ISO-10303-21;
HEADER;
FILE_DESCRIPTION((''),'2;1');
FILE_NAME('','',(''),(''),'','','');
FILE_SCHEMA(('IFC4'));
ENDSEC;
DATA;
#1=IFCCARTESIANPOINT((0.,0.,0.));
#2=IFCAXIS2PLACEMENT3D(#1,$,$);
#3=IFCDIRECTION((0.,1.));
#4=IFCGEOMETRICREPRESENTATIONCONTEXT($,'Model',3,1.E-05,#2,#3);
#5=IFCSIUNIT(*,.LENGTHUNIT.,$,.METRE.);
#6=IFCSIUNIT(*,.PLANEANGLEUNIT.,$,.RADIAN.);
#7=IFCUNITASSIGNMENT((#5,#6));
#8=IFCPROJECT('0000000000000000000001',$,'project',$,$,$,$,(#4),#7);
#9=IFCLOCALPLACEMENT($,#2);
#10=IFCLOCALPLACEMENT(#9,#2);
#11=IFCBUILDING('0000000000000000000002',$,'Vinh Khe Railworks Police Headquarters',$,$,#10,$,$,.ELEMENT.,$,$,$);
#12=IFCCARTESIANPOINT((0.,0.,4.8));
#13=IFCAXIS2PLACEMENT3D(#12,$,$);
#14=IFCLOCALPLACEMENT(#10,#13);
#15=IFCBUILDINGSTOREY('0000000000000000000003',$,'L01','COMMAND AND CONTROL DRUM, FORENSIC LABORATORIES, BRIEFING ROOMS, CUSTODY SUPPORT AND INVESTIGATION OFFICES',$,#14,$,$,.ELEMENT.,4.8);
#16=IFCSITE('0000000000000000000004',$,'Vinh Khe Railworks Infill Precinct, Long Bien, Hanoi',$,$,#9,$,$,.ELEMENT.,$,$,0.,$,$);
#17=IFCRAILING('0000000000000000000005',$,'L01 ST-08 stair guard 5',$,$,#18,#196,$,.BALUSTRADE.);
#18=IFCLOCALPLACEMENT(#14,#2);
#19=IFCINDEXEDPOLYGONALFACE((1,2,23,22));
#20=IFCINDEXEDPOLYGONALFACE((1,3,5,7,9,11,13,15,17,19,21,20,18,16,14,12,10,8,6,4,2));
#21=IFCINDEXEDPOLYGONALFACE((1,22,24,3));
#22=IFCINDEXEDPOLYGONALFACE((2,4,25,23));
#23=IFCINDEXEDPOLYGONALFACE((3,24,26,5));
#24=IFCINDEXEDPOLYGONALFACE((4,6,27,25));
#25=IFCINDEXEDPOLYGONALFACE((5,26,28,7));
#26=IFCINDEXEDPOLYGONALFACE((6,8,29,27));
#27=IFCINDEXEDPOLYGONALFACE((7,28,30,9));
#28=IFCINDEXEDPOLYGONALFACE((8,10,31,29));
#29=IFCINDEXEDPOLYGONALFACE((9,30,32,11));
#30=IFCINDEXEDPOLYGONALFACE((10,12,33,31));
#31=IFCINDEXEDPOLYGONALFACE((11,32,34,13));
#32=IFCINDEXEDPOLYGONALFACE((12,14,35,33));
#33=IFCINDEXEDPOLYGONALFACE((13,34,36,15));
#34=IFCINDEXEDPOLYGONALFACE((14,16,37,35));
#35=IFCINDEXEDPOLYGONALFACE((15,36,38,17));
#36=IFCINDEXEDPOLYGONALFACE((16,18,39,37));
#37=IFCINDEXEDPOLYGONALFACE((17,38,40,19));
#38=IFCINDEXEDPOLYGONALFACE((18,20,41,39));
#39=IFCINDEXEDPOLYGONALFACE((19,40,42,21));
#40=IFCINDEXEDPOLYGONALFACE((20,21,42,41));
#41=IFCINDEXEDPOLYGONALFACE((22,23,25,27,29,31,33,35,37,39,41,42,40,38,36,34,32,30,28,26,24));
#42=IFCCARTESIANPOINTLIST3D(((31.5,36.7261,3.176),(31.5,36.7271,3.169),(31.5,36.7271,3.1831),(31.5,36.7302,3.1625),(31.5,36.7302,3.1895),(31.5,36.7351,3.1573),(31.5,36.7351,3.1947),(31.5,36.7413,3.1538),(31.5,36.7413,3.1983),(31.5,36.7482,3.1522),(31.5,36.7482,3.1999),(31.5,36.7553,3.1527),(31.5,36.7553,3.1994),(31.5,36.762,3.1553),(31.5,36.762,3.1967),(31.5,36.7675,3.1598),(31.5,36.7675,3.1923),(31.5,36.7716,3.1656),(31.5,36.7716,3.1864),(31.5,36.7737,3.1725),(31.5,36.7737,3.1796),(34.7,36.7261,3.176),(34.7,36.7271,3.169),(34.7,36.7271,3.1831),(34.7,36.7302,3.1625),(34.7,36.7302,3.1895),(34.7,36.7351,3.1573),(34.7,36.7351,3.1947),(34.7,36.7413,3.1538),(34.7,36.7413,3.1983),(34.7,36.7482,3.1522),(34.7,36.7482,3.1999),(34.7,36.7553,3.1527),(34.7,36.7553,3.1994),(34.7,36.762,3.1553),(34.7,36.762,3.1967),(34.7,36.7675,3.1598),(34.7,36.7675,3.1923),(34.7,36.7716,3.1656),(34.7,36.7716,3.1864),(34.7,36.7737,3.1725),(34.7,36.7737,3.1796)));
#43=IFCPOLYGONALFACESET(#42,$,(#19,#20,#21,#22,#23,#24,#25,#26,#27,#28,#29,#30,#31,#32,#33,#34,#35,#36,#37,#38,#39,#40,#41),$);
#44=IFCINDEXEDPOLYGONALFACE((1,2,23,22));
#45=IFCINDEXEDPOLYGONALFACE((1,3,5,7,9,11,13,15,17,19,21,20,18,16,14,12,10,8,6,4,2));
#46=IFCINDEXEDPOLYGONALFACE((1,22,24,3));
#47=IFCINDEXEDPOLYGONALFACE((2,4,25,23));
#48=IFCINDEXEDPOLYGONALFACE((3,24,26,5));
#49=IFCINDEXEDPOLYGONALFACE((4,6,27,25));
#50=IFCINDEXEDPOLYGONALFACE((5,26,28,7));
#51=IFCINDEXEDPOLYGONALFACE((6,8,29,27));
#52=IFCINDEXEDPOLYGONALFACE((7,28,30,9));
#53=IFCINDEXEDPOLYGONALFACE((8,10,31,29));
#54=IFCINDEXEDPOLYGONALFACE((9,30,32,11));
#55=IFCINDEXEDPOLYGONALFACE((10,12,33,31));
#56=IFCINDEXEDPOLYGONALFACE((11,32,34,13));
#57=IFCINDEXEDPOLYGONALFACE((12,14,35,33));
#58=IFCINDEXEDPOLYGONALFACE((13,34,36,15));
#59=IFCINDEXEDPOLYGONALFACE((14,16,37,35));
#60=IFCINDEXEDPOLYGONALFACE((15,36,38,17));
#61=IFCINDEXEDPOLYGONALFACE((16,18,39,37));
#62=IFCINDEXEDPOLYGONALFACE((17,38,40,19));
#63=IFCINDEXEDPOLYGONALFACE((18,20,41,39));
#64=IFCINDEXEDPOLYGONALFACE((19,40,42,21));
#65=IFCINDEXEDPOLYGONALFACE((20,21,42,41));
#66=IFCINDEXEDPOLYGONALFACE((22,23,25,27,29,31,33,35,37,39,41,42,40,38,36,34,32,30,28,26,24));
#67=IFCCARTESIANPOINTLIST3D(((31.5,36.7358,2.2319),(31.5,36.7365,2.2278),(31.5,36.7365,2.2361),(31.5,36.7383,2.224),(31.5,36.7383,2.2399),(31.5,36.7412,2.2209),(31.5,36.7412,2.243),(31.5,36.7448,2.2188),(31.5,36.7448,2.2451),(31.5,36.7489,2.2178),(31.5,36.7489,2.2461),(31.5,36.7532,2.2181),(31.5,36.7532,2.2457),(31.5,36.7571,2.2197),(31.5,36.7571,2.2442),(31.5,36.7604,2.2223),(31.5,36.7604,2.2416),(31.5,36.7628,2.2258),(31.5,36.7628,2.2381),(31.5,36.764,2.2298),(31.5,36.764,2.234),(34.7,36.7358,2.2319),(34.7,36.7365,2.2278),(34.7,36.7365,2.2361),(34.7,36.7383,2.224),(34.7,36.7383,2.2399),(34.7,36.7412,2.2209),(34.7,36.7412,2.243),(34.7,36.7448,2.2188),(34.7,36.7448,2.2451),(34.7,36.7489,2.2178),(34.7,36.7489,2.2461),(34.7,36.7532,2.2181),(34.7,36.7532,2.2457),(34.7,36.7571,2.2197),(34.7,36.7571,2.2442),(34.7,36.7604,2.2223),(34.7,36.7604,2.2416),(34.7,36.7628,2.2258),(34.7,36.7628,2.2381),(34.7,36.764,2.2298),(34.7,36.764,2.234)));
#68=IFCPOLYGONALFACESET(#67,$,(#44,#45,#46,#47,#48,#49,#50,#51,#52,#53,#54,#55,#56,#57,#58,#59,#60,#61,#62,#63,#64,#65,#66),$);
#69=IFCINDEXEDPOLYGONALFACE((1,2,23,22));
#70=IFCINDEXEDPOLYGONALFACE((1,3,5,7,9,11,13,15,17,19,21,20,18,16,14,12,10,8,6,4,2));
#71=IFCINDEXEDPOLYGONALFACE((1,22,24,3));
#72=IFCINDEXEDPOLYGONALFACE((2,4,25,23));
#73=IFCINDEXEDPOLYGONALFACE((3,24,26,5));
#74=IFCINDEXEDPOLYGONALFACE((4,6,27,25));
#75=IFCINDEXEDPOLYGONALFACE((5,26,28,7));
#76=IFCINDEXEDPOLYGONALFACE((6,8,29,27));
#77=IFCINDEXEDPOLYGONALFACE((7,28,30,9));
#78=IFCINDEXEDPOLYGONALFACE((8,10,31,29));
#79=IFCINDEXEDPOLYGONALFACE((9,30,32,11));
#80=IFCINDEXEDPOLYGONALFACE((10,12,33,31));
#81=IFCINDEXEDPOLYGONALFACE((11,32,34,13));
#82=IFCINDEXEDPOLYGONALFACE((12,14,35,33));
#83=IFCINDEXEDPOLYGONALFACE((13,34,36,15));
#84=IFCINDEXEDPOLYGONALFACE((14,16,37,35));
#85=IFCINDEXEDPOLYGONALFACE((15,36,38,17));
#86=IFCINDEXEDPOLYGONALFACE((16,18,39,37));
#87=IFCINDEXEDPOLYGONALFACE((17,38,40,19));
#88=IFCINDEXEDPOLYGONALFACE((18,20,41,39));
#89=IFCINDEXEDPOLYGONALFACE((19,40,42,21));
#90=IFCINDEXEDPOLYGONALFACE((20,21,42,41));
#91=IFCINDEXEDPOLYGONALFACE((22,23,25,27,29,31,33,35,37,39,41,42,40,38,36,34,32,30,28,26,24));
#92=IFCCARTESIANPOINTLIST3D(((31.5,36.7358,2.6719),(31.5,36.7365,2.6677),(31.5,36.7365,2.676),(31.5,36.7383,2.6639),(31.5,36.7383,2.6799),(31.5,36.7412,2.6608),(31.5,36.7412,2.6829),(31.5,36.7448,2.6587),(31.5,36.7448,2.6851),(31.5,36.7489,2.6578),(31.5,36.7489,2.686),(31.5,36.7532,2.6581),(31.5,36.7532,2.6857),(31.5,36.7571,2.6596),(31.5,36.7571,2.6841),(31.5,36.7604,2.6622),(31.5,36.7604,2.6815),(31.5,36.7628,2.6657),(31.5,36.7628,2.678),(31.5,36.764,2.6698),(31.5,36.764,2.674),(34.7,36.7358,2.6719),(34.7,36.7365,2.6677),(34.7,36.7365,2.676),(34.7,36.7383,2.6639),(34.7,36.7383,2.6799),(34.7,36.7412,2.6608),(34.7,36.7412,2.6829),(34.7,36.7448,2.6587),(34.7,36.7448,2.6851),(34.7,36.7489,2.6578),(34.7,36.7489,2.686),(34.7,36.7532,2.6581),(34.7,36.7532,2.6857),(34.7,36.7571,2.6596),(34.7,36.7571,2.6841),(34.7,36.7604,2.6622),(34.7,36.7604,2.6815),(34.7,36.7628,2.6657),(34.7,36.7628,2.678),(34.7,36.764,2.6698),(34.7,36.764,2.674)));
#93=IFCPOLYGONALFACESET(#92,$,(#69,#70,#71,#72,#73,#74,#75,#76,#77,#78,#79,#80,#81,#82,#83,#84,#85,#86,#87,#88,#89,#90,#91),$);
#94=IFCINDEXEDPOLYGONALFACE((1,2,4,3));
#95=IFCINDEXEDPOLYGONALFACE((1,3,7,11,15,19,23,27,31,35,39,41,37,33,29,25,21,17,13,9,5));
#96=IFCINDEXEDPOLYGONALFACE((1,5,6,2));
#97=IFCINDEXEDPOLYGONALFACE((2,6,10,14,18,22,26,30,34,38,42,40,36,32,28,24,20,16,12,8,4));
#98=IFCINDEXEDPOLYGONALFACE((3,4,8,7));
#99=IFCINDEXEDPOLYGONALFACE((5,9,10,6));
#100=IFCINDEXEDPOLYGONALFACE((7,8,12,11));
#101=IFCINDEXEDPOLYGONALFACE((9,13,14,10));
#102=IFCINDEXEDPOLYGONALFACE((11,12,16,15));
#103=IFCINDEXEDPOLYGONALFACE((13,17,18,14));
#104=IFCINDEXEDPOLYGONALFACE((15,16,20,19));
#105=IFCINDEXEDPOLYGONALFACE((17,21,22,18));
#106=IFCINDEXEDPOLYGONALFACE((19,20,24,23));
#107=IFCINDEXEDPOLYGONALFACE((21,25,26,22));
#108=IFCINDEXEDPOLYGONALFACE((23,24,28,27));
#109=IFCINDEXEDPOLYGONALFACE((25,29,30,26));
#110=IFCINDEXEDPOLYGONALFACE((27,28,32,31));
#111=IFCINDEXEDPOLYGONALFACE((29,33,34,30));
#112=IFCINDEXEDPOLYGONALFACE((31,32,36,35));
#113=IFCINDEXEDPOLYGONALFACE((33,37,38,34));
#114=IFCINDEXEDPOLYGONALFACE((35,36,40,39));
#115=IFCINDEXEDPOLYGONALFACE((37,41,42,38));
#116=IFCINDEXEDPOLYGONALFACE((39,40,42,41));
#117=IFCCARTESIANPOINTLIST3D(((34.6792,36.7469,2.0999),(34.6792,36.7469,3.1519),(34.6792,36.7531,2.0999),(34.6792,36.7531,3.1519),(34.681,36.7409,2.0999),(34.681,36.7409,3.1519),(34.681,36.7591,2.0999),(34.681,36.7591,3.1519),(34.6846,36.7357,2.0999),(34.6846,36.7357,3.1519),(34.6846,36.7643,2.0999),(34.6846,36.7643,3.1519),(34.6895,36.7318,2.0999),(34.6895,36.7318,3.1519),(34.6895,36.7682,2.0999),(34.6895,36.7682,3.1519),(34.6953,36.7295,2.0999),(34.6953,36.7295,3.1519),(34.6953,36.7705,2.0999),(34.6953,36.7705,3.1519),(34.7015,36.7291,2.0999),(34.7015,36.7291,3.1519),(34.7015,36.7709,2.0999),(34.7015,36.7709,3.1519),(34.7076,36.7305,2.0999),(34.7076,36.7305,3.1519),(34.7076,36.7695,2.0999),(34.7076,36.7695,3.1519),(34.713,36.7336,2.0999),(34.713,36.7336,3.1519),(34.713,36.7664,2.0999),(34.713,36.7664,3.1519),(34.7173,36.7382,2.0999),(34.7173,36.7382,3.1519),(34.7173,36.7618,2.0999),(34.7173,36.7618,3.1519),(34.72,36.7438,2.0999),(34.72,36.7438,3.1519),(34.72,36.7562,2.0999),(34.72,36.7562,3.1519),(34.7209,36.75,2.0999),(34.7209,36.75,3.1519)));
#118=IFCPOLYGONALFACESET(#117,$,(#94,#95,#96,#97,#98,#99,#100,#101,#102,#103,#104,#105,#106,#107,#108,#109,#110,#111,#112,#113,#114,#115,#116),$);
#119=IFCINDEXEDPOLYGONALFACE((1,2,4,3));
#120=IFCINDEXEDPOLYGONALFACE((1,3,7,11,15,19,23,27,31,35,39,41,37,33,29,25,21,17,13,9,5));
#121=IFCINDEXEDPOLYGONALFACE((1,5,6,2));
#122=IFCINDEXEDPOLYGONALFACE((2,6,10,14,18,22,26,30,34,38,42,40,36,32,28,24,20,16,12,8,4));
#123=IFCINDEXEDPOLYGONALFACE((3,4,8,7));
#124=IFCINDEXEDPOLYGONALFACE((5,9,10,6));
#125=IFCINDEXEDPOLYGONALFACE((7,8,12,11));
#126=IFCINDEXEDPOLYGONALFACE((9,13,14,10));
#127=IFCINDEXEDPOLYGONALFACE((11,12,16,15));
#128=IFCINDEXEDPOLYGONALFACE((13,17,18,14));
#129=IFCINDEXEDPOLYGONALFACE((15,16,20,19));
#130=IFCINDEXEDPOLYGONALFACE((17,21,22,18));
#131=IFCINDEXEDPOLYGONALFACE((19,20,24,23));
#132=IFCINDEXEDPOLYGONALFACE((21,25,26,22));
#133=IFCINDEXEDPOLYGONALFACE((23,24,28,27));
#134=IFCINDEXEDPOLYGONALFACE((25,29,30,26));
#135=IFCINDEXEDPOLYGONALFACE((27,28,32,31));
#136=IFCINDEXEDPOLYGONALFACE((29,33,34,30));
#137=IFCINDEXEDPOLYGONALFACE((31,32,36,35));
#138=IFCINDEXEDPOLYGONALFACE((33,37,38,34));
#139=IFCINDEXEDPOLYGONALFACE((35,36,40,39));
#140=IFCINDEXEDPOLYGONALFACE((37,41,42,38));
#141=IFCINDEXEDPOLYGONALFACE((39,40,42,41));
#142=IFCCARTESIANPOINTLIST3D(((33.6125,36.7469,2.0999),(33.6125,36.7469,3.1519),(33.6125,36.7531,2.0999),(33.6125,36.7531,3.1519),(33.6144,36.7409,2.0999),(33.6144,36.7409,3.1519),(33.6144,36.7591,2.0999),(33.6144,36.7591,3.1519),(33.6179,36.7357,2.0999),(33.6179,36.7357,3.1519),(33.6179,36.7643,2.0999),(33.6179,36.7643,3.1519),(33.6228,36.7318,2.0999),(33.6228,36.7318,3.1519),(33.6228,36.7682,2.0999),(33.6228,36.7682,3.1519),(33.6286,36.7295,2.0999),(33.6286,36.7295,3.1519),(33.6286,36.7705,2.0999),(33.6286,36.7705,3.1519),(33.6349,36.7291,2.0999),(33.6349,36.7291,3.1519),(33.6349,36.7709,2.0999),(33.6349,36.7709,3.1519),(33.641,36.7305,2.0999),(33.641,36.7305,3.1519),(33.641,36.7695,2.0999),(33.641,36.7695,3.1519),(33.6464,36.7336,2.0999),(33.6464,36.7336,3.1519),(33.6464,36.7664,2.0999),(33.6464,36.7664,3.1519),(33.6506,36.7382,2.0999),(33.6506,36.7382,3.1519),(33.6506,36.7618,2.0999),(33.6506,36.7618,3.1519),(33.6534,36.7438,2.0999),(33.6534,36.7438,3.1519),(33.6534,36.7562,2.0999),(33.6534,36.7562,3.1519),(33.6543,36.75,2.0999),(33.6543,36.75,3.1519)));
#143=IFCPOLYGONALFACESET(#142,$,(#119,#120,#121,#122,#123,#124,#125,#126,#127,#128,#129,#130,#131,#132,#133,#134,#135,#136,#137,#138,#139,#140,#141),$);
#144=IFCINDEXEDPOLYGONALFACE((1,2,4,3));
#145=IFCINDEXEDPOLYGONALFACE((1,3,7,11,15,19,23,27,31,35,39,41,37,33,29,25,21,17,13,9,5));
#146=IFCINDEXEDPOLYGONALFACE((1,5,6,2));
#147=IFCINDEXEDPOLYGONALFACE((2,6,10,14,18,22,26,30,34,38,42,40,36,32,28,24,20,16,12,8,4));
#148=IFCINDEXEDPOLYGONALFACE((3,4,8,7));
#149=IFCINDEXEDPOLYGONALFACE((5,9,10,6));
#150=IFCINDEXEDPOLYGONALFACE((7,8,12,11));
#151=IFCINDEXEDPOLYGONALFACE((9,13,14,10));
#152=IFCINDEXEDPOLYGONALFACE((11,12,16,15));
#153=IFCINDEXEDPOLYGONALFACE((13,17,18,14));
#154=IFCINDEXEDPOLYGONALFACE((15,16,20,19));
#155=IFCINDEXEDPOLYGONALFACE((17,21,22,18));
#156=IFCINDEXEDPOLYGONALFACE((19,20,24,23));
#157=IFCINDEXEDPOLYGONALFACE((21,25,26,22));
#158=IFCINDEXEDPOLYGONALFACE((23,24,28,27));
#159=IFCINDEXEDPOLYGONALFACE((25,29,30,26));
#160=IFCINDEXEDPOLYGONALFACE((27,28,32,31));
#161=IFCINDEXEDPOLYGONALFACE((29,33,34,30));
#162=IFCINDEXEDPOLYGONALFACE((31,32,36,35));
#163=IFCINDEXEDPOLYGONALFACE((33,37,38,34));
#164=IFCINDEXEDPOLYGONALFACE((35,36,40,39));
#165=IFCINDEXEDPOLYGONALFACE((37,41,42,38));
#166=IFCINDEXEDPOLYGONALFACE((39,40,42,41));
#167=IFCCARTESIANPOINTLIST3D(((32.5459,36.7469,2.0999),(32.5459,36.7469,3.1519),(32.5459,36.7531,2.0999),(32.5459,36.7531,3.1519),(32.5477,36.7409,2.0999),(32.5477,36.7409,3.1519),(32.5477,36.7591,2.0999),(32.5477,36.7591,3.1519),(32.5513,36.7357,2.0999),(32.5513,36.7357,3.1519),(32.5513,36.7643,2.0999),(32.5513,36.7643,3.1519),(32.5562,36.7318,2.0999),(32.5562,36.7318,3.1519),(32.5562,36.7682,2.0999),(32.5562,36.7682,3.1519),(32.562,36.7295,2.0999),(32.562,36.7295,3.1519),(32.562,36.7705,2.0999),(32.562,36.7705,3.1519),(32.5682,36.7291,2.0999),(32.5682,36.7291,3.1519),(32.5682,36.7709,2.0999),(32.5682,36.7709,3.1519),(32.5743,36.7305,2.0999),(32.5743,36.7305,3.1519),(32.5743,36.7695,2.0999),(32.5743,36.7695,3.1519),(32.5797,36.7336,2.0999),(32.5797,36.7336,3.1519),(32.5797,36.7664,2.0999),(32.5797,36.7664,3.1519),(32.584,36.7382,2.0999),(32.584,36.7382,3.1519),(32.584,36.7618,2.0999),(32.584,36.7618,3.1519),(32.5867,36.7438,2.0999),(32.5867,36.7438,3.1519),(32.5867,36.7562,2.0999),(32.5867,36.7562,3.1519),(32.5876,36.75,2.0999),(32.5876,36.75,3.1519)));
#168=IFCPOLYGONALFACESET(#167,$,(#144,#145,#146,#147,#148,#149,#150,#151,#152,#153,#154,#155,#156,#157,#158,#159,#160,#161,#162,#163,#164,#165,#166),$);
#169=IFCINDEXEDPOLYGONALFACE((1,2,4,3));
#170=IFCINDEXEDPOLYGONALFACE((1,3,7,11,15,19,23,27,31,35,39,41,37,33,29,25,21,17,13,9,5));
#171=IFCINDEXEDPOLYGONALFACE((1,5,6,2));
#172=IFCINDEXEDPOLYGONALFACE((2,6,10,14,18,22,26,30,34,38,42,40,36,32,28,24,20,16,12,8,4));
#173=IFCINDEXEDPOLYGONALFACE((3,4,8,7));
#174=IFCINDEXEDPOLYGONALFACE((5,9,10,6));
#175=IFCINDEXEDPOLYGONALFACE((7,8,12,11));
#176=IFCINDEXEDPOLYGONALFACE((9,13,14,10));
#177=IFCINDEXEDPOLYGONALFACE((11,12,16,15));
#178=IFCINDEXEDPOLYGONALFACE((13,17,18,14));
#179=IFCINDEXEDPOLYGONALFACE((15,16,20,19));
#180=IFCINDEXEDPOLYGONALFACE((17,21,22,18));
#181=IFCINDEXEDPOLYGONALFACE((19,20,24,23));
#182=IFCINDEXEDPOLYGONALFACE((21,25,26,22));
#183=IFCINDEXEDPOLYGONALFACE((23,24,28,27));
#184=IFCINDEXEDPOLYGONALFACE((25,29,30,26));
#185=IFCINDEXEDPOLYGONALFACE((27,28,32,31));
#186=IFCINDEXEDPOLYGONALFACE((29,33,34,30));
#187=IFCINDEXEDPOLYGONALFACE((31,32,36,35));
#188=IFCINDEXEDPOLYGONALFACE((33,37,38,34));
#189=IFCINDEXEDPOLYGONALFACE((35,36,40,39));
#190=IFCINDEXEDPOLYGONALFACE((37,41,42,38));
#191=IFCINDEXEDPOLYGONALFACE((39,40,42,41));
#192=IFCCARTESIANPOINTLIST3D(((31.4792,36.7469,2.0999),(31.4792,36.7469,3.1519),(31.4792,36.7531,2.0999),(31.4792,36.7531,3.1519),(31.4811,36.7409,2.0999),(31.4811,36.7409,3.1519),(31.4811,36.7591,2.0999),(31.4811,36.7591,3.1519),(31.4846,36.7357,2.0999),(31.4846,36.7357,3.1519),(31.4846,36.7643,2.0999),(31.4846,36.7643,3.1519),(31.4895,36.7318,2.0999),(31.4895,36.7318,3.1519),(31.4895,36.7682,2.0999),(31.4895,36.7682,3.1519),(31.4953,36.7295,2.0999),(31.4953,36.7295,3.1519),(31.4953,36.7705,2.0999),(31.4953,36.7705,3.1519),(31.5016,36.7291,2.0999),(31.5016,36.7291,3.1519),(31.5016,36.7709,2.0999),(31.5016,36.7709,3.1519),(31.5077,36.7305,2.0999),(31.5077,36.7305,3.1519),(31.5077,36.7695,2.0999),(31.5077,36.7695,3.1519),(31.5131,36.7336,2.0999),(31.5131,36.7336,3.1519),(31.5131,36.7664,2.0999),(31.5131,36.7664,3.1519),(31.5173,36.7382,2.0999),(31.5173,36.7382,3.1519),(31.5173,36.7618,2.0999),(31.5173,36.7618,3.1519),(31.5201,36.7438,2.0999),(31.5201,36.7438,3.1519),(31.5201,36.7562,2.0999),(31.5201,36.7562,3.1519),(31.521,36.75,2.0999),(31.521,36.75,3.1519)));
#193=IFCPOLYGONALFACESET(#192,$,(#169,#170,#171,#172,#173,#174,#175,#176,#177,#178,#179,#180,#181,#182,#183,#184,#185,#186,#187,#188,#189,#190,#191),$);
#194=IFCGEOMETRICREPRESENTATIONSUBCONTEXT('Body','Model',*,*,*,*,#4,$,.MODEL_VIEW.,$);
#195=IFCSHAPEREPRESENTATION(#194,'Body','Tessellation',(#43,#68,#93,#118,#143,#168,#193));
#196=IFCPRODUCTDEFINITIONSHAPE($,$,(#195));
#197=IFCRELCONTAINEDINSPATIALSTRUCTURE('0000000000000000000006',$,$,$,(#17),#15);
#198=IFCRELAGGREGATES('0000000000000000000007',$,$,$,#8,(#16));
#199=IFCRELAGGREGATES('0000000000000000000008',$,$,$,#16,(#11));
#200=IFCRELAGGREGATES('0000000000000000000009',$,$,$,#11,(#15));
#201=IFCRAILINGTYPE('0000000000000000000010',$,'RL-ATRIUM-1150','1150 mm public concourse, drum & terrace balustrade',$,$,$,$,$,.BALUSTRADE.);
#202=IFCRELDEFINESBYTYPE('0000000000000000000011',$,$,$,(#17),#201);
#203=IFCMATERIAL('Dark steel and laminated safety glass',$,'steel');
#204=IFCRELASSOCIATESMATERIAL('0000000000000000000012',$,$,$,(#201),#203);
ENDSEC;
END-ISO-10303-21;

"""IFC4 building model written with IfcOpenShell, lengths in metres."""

from ifc_helpers import new_model, si_unit, direction, frame, origin, origin_2d, place, context, subcontext, project, spatial, circle, extrude, material, type_object, element, save


model = new_model("IFC4")

# Units and contexts
model_context = context("Model", 3, precision=1e-05, world=origin(), true_north=direction((0.0, 1.0)))
body_context = subcontext(model_context, "Body", "Model", "MODEL_VIEW")
ifc_project = project(units=[si_unit("LENGTHUNIT", "METRE"), si_unit("PLANEANGLEUNIT", "RADIAN")], contexts=[model_context])

# Site, building, storey
site_placement = place(None, origin())
site = spatial("IfcSite", under=ifc_project, at=site_placement, Name="Vinh Khe Railworks Infill Precinct, Long Bien, Hanoi", CompositionType="ELEMENT", RefElevation=0.0)
building_placement = place(site_placement, origin())
building = spatial("IfcBuilding", under=site, at=building_placement, Name="Vinh Khe Railworks Police Headquarters", CompositionType="ELEMENT")
storey_placement = place(building_placement, frame((0.0, 0.0, 4.8)))
storey = spatial("IfcBuildingStorey", under=building, at=storey_placement, Name="L01", Description="COMMAND AND CONTROL DRUM, FORENSIC LABORATORIES, BRIEFING ROOMS, CUSTODY SUPPORT AND INVESTIGATION OFFICES", CompositionType="ELEMENT", Elevation=4.8)

# Railing
ifc_material_1 = material(Name="Dark steel and laminated safety glass", Category="steel")
railing_type_1 = type_object("IfcRailingType", Name="RL-ATRIUM-1150", Description="1150 mm public concourse, drum & terrace balustrade", PredefinedType="BALUSTRADE", material=ifc_material_1)
railing_1_placement = place(storey_placement, frame((34.7, 36.75, 2.0999)))
element("IfcRailing", 1, at=railing_1_placement, inside=storey, type_object=railing_type_1, Name="L01 ST-08 stair guard 5", PredefinedType="BALUSTRADE", context=body_context, shape_type="SweptSolid", body=[
    extrude(circle(Radius=0.0239, at=origin_2d()), frame((0.0, 0.0, 1.0762), z_axis=(-1.0, 0.0, 0.0), x_axis=(0.0, -1.0, 0.0)), (0.0, 0.0, 1.0), 3.2),
    extrude(circle(Radius=0.0142, at=origin_2d()), frame((0.0, 0.0, 0.1321), z_axis=(-1.0, 0.0, 0.0), x_axis=(0.0, -1.0, 0.0)), (0.0, 0.0, 1.0), 3.2),
    extrude(circle(Radius=0.0142, at=origin_2d()), frame((0.0, 0.0, 0.572), z_axis=(-1.0, 0.0, 0.0), x_axis=(0.0, -1.0, 0.0)), (0.0, 0.0, 1.0), 3.2),
    extrude(circle(Radius=0.021, at=origin_2d()), origin(), (0.0, 0.0, 1.0), 1.052),
    extrude(circle(Radius=0.021, at=origin_2d()), frame((-1.0667, 0.0, 0.0)), (0.0, 0.0, 1.0), 1.052),
    extrude(circle(Radius=0.021, at=origin_2d()), frame((-2.1333, 0.0, 0.0)), (0.0, 0.0, 1.0), 1.052),
    extrude(circle(Radius=0.021, at=origin_2d()), frame((-3.2, 0.0, 0.0)), (0.0, 0.0, 1.0), 1.052),
])

save(model, "model.ifc")
